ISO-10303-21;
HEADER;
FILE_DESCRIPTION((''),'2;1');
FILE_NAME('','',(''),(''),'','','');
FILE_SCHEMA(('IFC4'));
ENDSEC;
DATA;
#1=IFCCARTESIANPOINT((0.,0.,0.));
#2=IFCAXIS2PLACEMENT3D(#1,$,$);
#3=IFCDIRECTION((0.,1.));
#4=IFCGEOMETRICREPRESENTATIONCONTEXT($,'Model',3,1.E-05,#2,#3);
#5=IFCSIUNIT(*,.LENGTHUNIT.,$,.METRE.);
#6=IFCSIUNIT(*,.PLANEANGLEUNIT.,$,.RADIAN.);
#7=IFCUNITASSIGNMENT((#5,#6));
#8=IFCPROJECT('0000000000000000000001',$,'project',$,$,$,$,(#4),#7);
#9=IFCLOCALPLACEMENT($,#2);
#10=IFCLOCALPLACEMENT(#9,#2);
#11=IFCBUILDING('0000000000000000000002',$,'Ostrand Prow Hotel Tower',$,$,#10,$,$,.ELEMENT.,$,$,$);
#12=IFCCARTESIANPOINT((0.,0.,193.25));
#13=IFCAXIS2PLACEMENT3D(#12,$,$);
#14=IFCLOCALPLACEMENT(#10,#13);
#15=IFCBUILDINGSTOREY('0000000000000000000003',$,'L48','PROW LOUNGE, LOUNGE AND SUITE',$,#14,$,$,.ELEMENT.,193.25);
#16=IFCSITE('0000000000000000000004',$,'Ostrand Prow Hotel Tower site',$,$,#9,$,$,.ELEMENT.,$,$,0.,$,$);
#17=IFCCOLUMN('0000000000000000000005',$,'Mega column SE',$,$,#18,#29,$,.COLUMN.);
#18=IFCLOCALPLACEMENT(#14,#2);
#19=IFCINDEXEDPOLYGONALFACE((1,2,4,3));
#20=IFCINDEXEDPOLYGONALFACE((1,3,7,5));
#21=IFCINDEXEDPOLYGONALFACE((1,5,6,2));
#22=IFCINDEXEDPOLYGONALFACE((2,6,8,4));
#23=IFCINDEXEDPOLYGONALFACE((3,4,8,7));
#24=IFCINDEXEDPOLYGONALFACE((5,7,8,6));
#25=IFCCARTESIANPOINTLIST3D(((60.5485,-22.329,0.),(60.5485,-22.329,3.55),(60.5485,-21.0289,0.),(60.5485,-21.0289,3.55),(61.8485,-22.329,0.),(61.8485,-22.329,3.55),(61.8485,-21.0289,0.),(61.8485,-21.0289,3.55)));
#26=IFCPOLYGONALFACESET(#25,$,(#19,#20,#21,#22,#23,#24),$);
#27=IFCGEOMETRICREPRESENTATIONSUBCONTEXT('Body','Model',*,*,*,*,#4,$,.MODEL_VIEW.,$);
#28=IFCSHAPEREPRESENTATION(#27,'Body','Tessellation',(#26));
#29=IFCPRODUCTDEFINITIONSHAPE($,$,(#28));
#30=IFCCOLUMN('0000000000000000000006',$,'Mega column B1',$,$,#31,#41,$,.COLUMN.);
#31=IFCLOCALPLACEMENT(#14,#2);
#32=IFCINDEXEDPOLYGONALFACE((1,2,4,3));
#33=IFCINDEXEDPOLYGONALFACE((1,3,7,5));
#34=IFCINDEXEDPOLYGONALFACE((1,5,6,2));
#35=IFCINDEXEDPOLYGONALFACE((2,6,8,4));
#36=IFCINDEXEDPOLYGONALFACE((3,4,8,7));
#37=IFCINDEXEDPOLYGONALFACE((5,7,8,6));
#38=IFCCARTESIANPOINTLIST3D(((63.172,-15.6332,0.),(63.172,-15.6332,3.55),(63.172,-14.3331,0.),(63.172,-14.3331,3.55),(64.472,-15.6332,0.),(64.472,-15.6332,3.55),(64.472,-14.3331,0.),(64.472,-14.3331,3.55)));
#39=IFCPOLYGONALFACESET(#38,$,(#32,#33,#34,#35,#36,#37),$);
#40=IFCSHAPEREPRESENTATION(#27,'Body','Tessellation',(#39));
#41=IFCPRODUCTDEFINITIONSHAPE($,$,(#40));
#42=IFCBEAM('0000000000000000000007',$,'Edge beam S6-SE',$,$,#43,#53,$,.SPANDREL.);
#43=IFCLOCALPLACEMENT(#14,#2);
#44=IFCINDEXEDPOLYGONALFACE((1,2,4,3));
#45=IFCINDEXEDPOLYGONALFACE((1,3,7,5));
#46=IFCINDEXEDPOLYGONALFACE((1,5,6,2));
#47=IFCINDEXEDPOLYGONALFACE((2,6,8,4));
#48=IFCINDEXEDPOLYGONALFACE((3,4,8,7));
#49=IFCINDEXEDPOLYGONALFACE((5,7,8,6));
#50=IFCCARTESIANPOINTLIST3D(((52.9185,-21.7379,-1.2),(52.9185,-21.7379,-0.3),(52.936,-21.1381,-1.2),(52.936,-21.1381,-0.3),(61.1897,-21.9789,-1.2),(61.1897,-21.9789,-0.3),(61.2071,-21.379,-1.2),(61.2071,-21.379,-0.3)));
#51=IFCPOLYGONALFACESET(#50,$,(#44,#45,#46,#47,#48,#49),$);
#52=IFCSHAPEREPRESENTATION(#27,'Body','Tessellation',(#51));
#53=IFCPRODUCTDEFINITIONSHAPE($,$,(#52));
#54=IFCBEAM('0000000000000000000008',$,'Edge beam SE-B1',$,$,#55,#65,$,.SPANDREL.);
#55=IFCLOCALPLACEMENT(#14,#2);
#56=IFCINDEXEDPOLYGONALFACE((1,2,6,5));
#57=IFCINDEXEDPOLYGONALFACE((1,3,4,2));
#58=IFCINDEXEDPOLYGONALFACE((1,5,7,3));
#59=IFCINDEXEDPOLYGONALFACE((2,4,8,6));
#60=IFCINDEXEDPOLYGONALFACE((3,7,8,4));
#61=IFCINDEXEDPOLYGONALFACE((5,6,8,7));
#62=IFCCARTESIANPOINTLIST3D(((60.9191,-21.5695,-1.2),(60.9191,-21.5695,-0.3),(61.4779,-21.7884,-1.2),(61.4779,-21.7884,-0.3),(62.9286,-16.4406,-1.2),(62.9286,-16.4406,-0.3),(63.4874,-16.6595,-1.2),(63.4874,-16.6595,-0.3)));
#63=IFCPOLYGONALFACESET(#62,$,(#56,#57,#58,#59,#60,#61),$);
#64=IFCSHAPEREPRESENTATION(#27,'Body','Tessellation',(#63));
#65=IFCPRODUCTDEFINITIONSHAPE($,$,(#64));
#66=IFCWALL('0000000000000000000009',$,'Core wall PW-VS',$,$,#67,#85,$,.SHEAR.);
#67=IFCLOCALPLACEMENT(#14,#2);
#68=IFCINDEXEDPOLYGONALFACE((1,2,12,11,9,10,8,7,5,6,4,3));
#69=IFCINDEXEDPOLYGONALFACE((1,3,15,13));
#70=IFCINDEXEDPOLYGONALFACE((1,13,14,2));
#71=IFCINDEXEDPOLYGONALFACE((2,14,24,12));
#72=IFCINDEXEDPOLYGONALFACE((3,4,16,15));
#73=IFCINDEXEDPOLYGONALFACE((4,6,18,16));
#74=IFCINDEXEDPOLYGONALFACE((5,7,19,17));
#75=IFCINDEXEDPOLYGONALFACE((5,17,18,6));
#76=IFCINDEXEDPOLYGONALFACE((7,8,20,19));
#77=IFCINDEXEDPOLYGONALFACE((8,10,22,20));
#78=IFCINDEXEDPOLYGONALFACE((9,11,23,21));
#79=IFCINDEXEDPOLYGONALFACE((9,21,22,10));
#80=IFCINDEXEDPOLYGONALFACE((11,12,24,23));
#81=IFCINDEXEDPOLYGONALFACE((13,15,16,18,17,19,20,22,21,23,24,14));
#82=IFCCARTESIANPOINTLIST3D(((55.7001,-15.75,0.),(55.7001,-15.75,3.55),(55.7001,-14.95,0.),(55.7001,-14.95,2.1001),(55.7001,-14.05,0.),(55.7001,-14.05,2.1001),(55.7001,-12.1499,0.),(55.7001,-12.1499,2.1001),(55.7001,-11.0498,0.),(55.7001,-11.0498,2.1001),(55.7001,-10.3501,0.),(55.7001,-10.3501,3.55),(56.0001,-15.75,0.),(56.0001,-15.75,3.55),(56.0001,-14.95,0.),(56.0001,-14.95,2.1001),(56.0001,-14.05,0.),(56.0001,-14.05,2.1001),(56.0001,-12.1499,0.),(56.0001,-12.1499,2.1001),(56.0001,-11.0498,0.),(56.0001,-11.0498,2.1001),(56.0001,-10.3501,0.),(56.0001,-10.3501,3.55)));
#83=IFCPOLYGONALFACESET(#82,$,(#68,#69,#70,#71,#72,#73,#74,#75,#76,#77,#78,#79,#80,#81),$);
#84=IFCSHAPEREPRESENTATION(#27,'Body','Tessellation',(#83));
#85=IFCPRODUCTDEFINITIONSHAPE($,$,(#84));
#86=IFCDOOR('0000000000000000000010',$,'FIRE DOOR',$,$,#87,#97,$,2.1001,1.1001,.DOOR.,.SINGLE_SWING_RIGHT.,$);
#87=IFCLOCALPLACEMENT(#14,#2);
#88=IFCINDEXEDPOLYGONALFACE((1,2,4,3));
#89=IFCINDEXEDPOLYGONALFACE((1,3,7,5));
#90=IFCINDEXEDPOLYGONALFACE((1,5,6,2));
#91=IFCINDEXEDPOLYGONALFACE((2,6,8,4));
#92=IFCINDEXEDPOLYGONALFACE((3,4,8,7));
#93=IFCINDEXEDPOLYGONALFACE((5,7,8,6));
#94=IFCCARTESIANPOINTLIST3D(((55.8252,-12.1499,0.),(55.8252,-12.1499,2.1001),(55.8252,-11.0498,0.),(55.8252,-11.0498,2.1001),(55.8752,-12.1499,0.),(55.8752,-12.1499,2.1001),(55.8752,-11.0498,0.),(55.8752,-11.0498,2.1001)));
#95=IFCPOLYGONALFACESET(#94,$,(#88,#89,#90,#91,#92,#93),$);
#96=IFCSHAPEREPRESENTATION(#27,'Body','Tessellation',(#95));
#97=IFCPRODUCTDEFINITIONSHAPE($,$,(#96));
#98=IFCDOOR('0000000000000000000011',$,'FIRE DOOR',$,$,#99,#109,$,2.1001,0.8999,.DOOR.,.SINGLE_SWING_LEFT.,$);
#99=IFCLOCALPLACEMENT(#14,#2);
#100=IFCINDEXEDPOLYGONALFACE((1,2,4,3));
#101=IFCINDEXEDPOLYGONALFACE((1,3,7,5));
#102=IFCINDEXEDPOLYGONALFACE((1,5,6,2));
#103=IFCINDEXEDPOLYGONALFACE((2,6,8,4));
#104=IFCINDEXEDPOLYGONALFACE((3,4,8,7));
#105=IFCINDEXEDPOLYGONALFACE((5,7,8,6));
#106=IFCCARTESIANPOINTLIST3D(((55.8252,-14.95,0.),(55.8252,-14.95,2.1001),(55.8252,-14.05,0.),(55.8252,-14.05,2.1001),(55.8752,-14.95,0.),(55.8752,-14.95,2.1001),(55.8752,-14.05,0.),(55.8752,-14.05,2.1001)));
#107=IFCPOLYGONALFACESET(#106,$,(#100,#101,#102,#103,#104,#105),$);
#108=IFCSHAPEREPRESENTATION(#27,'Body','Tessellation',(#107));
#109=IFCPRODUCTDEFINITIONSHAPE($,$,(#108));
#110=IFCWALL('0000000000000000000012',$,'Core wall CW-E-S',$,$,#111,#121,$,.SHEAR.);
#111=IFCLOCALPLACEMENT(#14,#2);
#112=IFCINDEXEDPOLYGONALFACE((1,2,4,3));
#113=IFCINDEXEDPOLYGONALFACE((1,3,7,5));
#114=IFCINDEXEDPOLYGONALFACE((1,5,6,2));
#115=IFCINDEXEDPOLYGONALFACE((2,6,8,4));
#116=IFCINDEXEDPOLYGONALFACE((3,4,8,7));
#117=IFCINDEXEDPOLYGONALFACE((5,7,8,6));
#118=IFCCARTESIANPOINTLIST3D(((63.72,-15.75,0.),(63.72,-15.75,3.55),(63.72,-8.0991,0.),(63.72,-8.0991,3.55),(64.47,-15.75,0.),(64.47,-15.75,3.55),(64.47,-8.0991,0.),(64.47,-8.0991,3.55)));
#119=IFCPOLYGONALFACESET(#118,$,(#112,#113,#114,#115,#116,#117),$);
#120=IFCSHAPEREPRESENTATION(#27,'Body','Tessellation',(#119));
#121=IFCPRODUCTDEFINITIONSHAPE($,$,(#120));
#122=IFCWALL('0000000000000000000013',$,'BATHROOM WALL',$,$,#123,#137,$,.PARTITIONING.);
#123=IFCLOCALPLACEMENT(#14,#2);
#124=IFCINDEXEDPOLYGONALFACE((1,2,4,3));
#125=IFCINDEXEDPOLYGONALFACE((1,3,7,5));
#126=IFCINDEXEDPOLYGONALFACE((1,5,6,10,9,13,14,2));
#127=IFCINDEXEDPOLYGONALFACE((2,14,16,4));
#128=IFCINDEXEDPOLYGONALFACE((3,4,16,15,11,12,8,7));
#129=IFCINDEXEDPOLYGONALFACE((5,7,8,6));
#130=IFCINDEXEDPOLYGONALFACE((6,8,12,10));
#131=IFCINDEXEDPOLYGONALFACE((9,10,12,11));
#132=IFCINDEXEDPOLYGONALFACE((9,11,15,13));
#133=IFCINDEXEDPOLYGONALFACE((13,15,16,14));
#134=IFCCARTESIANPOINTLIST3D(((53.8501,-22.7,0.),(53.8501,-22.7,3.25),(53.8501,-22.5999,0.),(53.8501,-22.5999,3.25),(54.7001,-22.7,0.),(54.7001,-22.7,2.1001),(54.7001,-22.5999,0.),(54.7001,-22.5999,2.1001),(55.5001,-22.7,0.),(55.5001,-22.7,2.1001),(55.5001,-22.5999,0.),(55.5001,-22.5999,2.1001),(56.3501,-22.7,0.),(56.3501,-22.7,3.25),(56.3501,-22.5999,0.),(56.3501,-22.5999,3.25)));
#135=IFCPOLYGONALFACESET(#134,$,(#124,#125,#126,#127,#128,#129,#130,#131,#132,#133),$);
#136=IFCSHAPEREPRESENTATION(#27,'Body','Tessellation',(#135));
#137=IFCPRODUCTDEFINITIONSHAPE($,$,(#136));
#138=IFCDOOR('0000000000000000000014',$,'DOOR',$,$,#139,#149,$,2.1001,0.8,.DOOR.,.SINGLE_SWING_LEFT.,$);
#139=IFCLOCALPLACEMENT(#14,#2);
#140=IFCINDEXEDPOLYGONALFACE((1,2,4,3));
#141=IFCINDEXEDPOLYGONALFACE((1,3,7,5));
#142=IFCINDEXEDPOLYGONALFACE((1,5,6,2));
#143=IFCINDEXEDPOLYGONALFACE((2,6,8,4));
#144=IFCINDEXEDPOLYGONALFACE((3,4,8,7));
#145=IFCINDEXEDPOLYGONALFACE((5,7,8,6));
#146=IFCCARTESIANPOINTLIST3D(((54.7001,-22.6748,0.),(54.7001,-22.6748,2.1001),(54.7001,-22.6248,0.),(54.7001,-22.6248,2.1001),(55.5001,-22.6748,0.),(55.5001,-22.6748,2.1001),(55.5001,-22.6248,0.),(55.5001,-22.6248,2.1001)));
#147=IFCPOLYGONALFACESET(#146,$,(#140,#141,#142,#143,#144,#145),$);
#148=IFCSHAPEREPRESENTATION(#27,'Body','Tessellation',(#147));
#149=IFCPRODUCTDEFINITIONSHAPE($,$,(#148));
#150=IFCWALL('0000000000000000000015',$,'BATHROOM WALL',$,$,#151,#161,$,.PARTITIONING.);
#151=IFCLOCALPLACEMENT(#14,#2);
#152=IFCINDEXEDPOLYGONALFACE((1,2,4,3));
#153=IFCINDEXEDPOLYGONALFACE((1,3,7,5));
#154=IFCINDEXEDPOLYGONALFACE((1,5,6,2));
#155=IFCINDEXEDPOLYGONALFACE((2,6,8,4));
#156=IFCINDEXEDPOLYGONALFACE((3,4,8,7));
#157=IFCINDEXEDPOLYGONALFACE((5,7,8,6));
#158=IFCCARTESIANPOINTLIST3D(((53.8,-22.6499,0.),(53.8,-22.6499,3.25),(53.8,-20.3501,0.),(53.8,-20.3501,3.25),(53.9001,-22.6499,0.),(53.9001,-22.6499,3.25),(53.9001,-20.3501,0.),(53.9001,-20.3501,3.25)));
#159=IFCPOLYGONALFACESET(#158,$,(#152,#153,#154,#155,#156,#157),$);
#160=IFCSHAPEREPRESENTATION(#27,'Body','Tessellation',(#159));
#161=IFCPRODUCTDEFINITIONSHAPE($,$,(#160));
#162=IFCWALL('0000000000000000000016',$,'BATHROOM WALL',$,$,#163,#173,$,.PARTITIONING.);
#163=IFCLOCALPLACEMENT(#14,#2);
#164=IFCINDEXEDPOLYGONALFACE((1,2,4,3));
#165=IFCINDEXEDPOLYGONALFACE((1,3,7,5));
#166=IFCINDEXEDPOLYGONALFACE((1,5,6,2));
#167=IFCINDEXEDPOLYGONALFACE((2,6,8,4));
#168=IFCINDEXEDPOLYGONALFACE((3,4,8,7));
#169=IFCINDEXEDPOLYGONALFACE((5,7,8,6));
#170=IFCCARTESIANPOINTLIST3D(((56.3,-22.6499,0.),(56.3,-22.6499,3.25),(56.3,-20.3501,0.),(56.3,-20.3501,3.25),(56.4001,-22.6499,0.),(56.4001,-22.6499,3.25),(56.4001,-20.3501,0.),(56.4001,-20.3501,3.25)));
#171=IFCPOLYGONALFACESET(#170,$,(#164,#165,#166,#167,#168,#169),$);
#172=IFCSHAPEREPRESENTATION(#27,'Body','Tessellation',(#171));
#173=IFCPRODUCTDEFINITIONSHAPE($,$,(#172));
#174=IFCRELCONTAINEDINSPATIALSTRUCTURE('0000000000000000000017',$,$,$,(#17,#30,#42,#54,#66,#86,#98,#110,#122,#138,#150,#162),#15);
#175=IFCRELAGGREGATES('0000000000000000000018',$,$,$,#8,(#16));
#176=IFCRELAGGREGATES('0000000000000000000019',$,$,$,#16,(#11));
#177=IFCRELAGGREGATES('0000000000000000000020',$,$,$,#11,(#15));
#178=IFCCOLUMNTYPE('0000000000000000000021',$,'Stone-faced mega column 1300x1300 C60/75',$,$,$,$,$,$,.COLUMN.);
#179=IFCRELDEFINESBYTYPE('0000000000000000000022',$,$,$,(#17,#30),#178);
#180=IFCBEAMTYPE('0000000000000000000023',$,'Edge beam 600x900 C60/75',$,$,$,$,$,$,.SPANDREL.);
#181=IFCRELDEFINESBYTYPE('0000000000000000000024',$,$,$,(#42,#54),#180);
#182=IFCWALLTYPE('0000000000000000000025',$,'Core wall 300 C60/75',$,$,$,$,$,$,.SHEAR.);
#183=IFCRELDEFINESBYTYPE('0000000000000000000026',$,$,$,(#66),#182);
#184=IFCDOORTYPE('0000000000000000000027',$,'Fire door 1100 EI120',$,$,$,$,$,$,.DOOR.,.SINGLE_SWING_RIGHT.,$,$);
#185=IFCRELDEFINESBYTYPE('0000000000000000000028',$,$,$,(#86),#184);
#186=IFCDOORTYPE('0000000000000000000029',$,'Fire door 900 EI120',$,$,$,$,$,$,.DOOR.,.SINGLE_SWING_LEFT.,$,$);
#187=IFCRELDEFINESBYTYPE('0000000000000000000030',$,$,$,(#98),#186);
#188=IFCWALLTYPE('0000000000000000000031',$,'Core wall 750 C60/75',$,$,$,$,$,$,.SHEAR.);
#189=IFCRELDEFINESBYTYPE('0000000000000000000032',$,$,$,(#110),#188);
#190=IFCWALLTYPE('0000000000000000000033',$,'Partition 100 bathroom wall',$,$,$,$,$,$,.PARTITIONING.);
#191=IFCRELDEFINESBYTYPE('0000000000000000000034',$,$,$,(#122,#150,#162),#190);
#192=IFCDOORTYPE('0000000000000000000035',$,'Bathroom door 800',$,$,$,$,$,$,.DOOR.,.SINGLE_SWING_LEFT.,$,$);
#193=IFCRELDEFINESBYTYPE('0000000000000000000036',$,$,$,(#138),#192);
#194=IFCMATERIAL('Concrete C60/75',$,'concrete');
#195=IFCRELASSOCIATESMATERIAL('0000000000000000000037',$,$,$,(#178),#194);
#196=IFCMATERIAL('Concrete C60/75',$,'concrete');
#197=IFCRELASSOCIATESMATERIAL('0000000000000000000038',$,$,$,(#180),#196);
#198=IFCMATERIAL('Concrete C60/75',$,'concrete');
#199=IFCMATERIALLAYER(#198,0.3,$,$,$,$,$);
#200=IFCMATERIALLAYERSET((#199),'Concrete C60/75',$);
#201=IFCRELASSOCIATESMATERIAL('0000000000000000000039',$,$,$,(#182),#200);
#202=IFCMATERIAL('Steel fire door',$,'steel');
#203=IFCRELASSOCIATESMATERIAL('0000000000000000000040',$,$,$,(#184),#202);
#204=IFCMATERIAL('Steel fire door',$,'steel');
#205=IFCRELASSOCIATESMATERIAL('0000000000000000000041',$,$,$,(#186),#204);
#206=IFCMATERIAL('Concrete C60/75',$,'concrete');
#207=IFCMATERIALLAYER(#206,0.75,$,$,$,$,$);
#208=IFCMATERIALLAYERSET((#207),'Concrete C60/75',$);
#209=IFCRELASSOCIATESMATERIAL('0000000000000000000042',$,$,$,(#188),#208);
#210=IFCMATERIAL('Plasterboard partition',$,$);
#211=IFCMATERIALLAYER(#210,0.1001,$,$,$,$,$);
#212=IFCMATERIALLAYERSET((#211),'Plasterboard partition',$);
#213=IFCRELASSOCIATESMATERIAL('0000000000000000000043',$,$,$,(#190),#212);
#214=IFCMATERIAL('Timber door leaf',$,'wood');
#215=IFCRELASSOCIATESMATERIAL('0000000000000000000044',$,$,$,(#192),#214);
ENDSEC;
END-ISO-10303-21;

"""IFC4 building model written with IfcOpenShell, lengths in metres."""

from ifc_helpers import new_model, si_unit, direction, frame, frame_2d, origin, origin_2d, place, context, subcontext, project, spatial, rectangle, extrude, material, layer, layer_set, material_profile, profile_set, type_object, element, fill, save


model = new_model("IFC4")

# Units and contexts
model_context = context("Model", 3, precision=1e-05, world=origin(), true_north=direction((0.0, 1.0)))
body_context = subcontext(model_context, "Body", "Model", "MODEL_VIEW")
ifc_project = project(units=[si_unit("LENGTHUNIT", "METRE"), si_unit("PLANEANGLEUNIT", "RADIAN")], contexts=[model_context])

# Site, building, storey
site_placement = place(None, origin())
site = spatial("IfcSite", under=ifc_project, at=site_placement, Name="Ostrand Prow Hotel Tower site", CompositionType="ELEMENT", RefElevation=0.0)
building_placement = place(site_placement, origin())
building = spatial("IfcBuilding", under=site, at=building_placement, Name="Ostrand Prow Hotel Tower", CompositionType="ELEMENT")
storey_placement = place(building_placement, frame((0.0, 0.0, 193.25)))
storey = spatial("IfcBuildingStorey", under=building, at=storey_placement, Name="L48", Description="PROW LOUNGE, LOUNGE AND SUITE", CompositionType="ELEMENT", Elevation=193.25)

# Columns
ifc_material_1 = material(Name="Concrete C60/75", Category="concrete")
ifc_material_profile_1 = material_profile(ifc_material_1, rectangle(XDim=1.3, YDim=1.3, at=origin_2d()), Name="RC 1300x1300")
ifc_profile_set_1 = profile_set([ifc_material_profile_1], Name="Concrete C60/75")
column_type = type_object("IfcColumnType", Name="Stone-faced mega column 1300x1300 C60/75", PredefinedType="COLUMN", material=ifc_profile_set_1)
for number, where, z_axis, x_axis, name in (
    (1, (61.1985, -21.679, 0.0), (0.0, 0.0, 1.0), (1.0, 0.0, 0.0), "Mega column SE"),
    (2, (63.822, -14.9832, 0.0), (0.0, 0.0, 1.0), (1.0, 0.0, 0.0), "Mega column B1"),
):
    element("IfcColumn", number, at=place(storey_placement, frame(where, z_axis=z_axis, x_axis=x_axis)), inside=storey, type_object=column_type, Name=name, PredefinedType="COLUMN", context=body_context, shape_type="SweptSolid", body=[
        extrude(rectangle(XDim=1.3, YDim=1.3, at=origin_2d()), origin(), (0.0, 0.0, 1.0), 3.55),
    ])

# Beams
ifc_material_2 = material(Name="Concrete C60/75", Category="concrete")
ifc_material_profile_2 = material_profile(ifc_material_2, rectangle(XDim=0.6001, YDim=0.8999, at=origin_2d()), Name="RC 600x900")
ifc_profile_set_2 = profile_set([ifc_material_profile_2], Name="Concrete C60/75")
beam_type = type_object("IfcBeamType", Name="Edge beam 600x900 C60/75", PredefinedType="SPANDREL", material=ifc_profile_set_2)
beam_1_placement = place(storey_placement, frame((52.9272, -21.438, -0.75), z_axis=(0.999576, -0.029121, 0.0), x_axis=(0.029121, 0.999576, 0.0)))
element("IfcBeam", 3, at=beam_1_placement, inside=storey, type_object=beam_type, Name="Edge beam S6-SE", PredefinedType="SPANDREL", context=body_context, shape_type="SweptSolid", body=[
    extrude(rectangle(XDim=0.6001, YDim=0.8999, at=origin_2d()), origin(), (0.0, 0.0, 1.0), 8.2747),
])
beam_2_placement = place(storey_placement, frame((61.1985, -21.679, -0.75), z_axis=(0.364802, 0.931085, 0.0), x_axis=(-0.931085, 0.364802, 0.0)))
element("IfcBeam", 4, at=beam_2_placement, inside=storey, type_object=beam_type, Name="Edge beam SE-B1", PredefinedType="SPANDREL", context=body_context, shape_type="SweptSolid", body=[
    extrude(rectangle(XDim=0.6001, YDim=0.8999, at=origin_2d()), origin(), (0.0, 0.0, 1.0), 5.5085),
])

# Wall, openings, doors
ifc_material_3 = material(Name="Concrete C60/75", Category="concrete")
ifc_layer_1 = layer(ifc_material_3, 0.3)
ifc_layer_set_1 = layer_set([ifc_layer_1], Name="Concrete C60/75")
wall_type_1 = type_object("IfcWallType", Name="Core wall 300 C60/75", PredefinedType="SHEAR", material=ifc_layer_set_1)
wall_1_placement = place(storey_placement, frame((55.8501, -15.75, 0.0), z_axis=(0.0, 0.0, 1.0), x_axis=(0.0, 1.0, 0.0)))
wall_1 = element("IfcWall", 5, at=wall_1_placement, inside=storey, type_object=wall_type_1, Name="Core wall PW-VS", PredefinedType="SHEAR", context=body_context, shape_type="SweptSolid", body=[
    extrude(rectangle(XDim=5.3999, YDim=0.3, at=frame_2d((2.7, 0.0))), origin(), (0.0, 0.0, 1.0), 3.55),
])
opening_1_placement = place(wall_1_placement, frame((3.6001, 0.0, 0.0)))
opening_1 = element("IfcOpeningElement", 6, at=opening_1_placement, cuts=wall_1, PredefinedType="OPENING", context=body_context, shape_type="SweptSolid", body=[
    extrude(rectangle(XDim=1.1001, YDim=2.1001, at=frame_2d((0.55, 1.05))), frame((0.0, 0.1599, 0.0), z_axis=(0.0, -1.0, 0.0), x_axis=(1.0, 0.0, 0.0)), (0.0, 0.0, 1.0), 0.3201),
])
opening_2_placement = place(wall_1_placement, frame((0.8, 0.0, 0.0)))
opening_2 = element("IfcOpeningElement", 7, at=opening_2_placement, cuts=wall_1, PredefinedType="OPENING", context=body_context, shape_type="SweptSolid", body=[
    extrude(rectangle(XDim=0.8999, YDim=2.1001, at=frame_2d((0.45, 1.05))), frame((0.0, 0.1599, 0.0), z_axis=(0.0, -1.0, 0.0), x_axis=(1.0, 0.0, 0.0)), (0.0, 0.0, 1.0), 0.3201),
])
ifc_material_4 = material(Name="Steel fire door", Category="steel")
door_type_1 = type_object("IfcDoorType", Name="Fire door 1100 EI120", OperationType="SINGLE_SWING_RIGHT", PredefinedType="DOOR", material=ifc_material_4)
door_1_placement = place(opening_1_placement, origin())
door_1 = element("IfcDoor", 8, at=door_1_placement, inside=storey, type_object=door_type_1, Name="FIRE DOOR", OperationType="SINGLE_SWING_RIGHT", OverallHeight=2.1001, OverallWidth=1.1001, PredefinedType="DOOR", context=body_context, shape_type="SweptSolid", body=[
    extrude(rectangle(XDim=1.1001, YDim=2.1001, at=frame_2d((0.55, 1.05))), frame((0.0, 0.0249, 0.0), z_axis=(0.0, -1.0, 0.0), x_axis=(1.0, 0.0, 0.0)), (0.0, 0.0, 1.0), 0.05),
])
fill(opening_1, door_1)
ifc_material_5 = material(Name="Steel fire door", Category="steel")
door_type_2 = type_object("IfcDoorType", Name="Fire door 900 EI120", OperationType="SINGLE_SWING_LEFT", PredefinedType="DOOR", material=ifc_material_5)
door_2_placement = place(opening_2_placement, origin())
door_2 = element("IfcDoor", 9, at=door_2_placement, inside=storey, type_object=door_type_2, Name="FIRE DOOR", OperationType="SINGLE_SWING_LEFT", OverallHeight=2.1001, OverallWidth=0.8999, PredefinedType="DOOR", context=body_context, shape_type="SweptSolid", body=[
    extrude(rectangle(XDim=0.8999, YDim=2.1001, at=frame_2d((0.45, 1.05))), frame((0.0, 0.0249, 0.0), z_axis=(0.0, -1.0, 0.0), x_axis=(1.0, 0.0, 0.0)), (0.0, 0.0, 1.0), 0.05),
])
fill(opening_2, door_2)

# Wall
ifc_material_6 = material(Name="Concrete C60/75", Category="concrete")
ifc_layer_2 = layer(ifc_material_6, 0.75)
ifc_layer_set_2 = layer_set([ifc_layer_2], Name="Concrete C60/75")
wall_type_2 = type_object("IfcWallType", Name="Core wall 750 C60/75", PredefinedType="SHEAR", material=ifc_layer_set_2)
wall_2_placement = place(storey_placement, frame((64.095, -15.75, 0.0), z_axis=(0.0, 0.0, 1.0), x_axis=(0.0, 1.0, 0.0)))
element("IfcWall", 10, at=wall_2_placement, inside=storey, type_object=wall_type_2, Name="Core wall CW-E-S", PredefinedType="SHEAR", context=body_context, shape_type="SweptSolid", body=[
    extrude(rectangle(XDim=7.6509, YDim=0.75, at=frame_2d((3.8254, 0.0))), origin(), (0.0, 0.0, 1.0), 3.55),
])

# Wall, opening, door
ifc_material_7 = material(Name="Plasterboard partition")
ifc_layer_3 = layer(ifc_material_7, 0.1001)
ifc_layer_set_3 = layer_set([ifc_layer_3], Name="Plasterboard partition")
wall_type_3 = type_object("IfcWallType", Name="Partition 100 bathroom wall", PredefinedType="PARTITIONING", material=ifc_layer_set_3)
wall_3_placement = place(storey_placement, frame((56.3501, -22.6499, 0.0), z_axis=(0.0, 0.0, 1.0), x_axis=(-1.0, 0.0, 0.0)))
wall_3 = element("IfcWall", 11, at=wall_3_placement, inside=storey, type_object=wall_type_3, Name="BATHROOM WALL", PredefinedType="PARTITIONING", context=body_context, shape_type="SweptSolid", body=[
    extrude(rectangle(XDim=2.5, YDim=0.1001, at=frame_2d((1.25, 0.0))), origin(), (0.0, 0.0, 1.0), 3.25),
])
opening_3_placement = place(wall_3_placement, frame((0.8501, 0.0, 0.0)))
opening_3 = element("IfcOpeningElement", 12, at=opening_3_placement, cuts=wall_3, PredefinedType="OPENING", context=body_context, shape_type="SweptSolid", body=[
    extrude(rectangle(XDim=0.8, YDim=2.1001, at=frame_2d((0.3999, 1.05))), frame((0.0, 0.0601, 0.0), z_axis=(0.0, -1.0, 0.0), x_axis=(1.0, 0.0, 0.0)), (0.0, 0.0, 1.0), 0.1201),
])
ifc_material_8 = material(Name="Timber door leaf", Category="wood")
door_type_3 = type_object("IfcDoorType", Name="Bathroom door 800", OperationType="SINGLE_SWING_LEFT", PredefinedType="DOOR", material=ifc_material_8)
door_3_placement = place(opening_3_placement, origin())
door_3 = element("IfcDoor", 13, at=door_3_placement, inside=storey, type_object=door_type_3, Name="DOOR", OperationType="SINGLE_SWING_LEFT", OverallHeight=2.1001, OverallWidth=0.8, PredefinedType="DOOR", context=body_context, shape_type="SweptSolid", body=[
    extrude(rectangle(XDim=0.8, YDim=2.1001, at=frame_2d((0.3999, 1.05))), frame((0.0, 0.0249, 0.0), z_axis=(0.0, -1.0, 0.0), x_axis=(1.0, 0.0, 0.0)), (0.0, 0.0, 1.0), 0.05),
])
fill(opening_3, door_3)

# Walls
for number, where, z_axis, x_axis, name in (
    (14, (53.8501, -22.6499, 0.0), (0.0, 0.0, 1.0), (0.0, 1.0, 0.0), "BATHROOM WALL"),
    (15, (56.3501, -20.3501, 0.0), (0.0, 0.0, 1.0), (0.0, -1.0, 0.0), "BATHROOM WALL"),
):
    element("IfcWall", number, at=place(storey_placement, frame(where, z_axis=z_axis, x_axis=x_axis)), inside=storey, type_object=wall_type_3, Name=name, PredefinedType="PARTITIONING", context=body_context, shape_type="SweptSolid", body=[
        extrude(rectangle(XDim=2.2998, YDim=0.1001, at=frame_2d((1.1499, 0.0))), origin(), (0.0, 0.0, 1.0), 3.25),
    ])

save(model, "model.ifc")
